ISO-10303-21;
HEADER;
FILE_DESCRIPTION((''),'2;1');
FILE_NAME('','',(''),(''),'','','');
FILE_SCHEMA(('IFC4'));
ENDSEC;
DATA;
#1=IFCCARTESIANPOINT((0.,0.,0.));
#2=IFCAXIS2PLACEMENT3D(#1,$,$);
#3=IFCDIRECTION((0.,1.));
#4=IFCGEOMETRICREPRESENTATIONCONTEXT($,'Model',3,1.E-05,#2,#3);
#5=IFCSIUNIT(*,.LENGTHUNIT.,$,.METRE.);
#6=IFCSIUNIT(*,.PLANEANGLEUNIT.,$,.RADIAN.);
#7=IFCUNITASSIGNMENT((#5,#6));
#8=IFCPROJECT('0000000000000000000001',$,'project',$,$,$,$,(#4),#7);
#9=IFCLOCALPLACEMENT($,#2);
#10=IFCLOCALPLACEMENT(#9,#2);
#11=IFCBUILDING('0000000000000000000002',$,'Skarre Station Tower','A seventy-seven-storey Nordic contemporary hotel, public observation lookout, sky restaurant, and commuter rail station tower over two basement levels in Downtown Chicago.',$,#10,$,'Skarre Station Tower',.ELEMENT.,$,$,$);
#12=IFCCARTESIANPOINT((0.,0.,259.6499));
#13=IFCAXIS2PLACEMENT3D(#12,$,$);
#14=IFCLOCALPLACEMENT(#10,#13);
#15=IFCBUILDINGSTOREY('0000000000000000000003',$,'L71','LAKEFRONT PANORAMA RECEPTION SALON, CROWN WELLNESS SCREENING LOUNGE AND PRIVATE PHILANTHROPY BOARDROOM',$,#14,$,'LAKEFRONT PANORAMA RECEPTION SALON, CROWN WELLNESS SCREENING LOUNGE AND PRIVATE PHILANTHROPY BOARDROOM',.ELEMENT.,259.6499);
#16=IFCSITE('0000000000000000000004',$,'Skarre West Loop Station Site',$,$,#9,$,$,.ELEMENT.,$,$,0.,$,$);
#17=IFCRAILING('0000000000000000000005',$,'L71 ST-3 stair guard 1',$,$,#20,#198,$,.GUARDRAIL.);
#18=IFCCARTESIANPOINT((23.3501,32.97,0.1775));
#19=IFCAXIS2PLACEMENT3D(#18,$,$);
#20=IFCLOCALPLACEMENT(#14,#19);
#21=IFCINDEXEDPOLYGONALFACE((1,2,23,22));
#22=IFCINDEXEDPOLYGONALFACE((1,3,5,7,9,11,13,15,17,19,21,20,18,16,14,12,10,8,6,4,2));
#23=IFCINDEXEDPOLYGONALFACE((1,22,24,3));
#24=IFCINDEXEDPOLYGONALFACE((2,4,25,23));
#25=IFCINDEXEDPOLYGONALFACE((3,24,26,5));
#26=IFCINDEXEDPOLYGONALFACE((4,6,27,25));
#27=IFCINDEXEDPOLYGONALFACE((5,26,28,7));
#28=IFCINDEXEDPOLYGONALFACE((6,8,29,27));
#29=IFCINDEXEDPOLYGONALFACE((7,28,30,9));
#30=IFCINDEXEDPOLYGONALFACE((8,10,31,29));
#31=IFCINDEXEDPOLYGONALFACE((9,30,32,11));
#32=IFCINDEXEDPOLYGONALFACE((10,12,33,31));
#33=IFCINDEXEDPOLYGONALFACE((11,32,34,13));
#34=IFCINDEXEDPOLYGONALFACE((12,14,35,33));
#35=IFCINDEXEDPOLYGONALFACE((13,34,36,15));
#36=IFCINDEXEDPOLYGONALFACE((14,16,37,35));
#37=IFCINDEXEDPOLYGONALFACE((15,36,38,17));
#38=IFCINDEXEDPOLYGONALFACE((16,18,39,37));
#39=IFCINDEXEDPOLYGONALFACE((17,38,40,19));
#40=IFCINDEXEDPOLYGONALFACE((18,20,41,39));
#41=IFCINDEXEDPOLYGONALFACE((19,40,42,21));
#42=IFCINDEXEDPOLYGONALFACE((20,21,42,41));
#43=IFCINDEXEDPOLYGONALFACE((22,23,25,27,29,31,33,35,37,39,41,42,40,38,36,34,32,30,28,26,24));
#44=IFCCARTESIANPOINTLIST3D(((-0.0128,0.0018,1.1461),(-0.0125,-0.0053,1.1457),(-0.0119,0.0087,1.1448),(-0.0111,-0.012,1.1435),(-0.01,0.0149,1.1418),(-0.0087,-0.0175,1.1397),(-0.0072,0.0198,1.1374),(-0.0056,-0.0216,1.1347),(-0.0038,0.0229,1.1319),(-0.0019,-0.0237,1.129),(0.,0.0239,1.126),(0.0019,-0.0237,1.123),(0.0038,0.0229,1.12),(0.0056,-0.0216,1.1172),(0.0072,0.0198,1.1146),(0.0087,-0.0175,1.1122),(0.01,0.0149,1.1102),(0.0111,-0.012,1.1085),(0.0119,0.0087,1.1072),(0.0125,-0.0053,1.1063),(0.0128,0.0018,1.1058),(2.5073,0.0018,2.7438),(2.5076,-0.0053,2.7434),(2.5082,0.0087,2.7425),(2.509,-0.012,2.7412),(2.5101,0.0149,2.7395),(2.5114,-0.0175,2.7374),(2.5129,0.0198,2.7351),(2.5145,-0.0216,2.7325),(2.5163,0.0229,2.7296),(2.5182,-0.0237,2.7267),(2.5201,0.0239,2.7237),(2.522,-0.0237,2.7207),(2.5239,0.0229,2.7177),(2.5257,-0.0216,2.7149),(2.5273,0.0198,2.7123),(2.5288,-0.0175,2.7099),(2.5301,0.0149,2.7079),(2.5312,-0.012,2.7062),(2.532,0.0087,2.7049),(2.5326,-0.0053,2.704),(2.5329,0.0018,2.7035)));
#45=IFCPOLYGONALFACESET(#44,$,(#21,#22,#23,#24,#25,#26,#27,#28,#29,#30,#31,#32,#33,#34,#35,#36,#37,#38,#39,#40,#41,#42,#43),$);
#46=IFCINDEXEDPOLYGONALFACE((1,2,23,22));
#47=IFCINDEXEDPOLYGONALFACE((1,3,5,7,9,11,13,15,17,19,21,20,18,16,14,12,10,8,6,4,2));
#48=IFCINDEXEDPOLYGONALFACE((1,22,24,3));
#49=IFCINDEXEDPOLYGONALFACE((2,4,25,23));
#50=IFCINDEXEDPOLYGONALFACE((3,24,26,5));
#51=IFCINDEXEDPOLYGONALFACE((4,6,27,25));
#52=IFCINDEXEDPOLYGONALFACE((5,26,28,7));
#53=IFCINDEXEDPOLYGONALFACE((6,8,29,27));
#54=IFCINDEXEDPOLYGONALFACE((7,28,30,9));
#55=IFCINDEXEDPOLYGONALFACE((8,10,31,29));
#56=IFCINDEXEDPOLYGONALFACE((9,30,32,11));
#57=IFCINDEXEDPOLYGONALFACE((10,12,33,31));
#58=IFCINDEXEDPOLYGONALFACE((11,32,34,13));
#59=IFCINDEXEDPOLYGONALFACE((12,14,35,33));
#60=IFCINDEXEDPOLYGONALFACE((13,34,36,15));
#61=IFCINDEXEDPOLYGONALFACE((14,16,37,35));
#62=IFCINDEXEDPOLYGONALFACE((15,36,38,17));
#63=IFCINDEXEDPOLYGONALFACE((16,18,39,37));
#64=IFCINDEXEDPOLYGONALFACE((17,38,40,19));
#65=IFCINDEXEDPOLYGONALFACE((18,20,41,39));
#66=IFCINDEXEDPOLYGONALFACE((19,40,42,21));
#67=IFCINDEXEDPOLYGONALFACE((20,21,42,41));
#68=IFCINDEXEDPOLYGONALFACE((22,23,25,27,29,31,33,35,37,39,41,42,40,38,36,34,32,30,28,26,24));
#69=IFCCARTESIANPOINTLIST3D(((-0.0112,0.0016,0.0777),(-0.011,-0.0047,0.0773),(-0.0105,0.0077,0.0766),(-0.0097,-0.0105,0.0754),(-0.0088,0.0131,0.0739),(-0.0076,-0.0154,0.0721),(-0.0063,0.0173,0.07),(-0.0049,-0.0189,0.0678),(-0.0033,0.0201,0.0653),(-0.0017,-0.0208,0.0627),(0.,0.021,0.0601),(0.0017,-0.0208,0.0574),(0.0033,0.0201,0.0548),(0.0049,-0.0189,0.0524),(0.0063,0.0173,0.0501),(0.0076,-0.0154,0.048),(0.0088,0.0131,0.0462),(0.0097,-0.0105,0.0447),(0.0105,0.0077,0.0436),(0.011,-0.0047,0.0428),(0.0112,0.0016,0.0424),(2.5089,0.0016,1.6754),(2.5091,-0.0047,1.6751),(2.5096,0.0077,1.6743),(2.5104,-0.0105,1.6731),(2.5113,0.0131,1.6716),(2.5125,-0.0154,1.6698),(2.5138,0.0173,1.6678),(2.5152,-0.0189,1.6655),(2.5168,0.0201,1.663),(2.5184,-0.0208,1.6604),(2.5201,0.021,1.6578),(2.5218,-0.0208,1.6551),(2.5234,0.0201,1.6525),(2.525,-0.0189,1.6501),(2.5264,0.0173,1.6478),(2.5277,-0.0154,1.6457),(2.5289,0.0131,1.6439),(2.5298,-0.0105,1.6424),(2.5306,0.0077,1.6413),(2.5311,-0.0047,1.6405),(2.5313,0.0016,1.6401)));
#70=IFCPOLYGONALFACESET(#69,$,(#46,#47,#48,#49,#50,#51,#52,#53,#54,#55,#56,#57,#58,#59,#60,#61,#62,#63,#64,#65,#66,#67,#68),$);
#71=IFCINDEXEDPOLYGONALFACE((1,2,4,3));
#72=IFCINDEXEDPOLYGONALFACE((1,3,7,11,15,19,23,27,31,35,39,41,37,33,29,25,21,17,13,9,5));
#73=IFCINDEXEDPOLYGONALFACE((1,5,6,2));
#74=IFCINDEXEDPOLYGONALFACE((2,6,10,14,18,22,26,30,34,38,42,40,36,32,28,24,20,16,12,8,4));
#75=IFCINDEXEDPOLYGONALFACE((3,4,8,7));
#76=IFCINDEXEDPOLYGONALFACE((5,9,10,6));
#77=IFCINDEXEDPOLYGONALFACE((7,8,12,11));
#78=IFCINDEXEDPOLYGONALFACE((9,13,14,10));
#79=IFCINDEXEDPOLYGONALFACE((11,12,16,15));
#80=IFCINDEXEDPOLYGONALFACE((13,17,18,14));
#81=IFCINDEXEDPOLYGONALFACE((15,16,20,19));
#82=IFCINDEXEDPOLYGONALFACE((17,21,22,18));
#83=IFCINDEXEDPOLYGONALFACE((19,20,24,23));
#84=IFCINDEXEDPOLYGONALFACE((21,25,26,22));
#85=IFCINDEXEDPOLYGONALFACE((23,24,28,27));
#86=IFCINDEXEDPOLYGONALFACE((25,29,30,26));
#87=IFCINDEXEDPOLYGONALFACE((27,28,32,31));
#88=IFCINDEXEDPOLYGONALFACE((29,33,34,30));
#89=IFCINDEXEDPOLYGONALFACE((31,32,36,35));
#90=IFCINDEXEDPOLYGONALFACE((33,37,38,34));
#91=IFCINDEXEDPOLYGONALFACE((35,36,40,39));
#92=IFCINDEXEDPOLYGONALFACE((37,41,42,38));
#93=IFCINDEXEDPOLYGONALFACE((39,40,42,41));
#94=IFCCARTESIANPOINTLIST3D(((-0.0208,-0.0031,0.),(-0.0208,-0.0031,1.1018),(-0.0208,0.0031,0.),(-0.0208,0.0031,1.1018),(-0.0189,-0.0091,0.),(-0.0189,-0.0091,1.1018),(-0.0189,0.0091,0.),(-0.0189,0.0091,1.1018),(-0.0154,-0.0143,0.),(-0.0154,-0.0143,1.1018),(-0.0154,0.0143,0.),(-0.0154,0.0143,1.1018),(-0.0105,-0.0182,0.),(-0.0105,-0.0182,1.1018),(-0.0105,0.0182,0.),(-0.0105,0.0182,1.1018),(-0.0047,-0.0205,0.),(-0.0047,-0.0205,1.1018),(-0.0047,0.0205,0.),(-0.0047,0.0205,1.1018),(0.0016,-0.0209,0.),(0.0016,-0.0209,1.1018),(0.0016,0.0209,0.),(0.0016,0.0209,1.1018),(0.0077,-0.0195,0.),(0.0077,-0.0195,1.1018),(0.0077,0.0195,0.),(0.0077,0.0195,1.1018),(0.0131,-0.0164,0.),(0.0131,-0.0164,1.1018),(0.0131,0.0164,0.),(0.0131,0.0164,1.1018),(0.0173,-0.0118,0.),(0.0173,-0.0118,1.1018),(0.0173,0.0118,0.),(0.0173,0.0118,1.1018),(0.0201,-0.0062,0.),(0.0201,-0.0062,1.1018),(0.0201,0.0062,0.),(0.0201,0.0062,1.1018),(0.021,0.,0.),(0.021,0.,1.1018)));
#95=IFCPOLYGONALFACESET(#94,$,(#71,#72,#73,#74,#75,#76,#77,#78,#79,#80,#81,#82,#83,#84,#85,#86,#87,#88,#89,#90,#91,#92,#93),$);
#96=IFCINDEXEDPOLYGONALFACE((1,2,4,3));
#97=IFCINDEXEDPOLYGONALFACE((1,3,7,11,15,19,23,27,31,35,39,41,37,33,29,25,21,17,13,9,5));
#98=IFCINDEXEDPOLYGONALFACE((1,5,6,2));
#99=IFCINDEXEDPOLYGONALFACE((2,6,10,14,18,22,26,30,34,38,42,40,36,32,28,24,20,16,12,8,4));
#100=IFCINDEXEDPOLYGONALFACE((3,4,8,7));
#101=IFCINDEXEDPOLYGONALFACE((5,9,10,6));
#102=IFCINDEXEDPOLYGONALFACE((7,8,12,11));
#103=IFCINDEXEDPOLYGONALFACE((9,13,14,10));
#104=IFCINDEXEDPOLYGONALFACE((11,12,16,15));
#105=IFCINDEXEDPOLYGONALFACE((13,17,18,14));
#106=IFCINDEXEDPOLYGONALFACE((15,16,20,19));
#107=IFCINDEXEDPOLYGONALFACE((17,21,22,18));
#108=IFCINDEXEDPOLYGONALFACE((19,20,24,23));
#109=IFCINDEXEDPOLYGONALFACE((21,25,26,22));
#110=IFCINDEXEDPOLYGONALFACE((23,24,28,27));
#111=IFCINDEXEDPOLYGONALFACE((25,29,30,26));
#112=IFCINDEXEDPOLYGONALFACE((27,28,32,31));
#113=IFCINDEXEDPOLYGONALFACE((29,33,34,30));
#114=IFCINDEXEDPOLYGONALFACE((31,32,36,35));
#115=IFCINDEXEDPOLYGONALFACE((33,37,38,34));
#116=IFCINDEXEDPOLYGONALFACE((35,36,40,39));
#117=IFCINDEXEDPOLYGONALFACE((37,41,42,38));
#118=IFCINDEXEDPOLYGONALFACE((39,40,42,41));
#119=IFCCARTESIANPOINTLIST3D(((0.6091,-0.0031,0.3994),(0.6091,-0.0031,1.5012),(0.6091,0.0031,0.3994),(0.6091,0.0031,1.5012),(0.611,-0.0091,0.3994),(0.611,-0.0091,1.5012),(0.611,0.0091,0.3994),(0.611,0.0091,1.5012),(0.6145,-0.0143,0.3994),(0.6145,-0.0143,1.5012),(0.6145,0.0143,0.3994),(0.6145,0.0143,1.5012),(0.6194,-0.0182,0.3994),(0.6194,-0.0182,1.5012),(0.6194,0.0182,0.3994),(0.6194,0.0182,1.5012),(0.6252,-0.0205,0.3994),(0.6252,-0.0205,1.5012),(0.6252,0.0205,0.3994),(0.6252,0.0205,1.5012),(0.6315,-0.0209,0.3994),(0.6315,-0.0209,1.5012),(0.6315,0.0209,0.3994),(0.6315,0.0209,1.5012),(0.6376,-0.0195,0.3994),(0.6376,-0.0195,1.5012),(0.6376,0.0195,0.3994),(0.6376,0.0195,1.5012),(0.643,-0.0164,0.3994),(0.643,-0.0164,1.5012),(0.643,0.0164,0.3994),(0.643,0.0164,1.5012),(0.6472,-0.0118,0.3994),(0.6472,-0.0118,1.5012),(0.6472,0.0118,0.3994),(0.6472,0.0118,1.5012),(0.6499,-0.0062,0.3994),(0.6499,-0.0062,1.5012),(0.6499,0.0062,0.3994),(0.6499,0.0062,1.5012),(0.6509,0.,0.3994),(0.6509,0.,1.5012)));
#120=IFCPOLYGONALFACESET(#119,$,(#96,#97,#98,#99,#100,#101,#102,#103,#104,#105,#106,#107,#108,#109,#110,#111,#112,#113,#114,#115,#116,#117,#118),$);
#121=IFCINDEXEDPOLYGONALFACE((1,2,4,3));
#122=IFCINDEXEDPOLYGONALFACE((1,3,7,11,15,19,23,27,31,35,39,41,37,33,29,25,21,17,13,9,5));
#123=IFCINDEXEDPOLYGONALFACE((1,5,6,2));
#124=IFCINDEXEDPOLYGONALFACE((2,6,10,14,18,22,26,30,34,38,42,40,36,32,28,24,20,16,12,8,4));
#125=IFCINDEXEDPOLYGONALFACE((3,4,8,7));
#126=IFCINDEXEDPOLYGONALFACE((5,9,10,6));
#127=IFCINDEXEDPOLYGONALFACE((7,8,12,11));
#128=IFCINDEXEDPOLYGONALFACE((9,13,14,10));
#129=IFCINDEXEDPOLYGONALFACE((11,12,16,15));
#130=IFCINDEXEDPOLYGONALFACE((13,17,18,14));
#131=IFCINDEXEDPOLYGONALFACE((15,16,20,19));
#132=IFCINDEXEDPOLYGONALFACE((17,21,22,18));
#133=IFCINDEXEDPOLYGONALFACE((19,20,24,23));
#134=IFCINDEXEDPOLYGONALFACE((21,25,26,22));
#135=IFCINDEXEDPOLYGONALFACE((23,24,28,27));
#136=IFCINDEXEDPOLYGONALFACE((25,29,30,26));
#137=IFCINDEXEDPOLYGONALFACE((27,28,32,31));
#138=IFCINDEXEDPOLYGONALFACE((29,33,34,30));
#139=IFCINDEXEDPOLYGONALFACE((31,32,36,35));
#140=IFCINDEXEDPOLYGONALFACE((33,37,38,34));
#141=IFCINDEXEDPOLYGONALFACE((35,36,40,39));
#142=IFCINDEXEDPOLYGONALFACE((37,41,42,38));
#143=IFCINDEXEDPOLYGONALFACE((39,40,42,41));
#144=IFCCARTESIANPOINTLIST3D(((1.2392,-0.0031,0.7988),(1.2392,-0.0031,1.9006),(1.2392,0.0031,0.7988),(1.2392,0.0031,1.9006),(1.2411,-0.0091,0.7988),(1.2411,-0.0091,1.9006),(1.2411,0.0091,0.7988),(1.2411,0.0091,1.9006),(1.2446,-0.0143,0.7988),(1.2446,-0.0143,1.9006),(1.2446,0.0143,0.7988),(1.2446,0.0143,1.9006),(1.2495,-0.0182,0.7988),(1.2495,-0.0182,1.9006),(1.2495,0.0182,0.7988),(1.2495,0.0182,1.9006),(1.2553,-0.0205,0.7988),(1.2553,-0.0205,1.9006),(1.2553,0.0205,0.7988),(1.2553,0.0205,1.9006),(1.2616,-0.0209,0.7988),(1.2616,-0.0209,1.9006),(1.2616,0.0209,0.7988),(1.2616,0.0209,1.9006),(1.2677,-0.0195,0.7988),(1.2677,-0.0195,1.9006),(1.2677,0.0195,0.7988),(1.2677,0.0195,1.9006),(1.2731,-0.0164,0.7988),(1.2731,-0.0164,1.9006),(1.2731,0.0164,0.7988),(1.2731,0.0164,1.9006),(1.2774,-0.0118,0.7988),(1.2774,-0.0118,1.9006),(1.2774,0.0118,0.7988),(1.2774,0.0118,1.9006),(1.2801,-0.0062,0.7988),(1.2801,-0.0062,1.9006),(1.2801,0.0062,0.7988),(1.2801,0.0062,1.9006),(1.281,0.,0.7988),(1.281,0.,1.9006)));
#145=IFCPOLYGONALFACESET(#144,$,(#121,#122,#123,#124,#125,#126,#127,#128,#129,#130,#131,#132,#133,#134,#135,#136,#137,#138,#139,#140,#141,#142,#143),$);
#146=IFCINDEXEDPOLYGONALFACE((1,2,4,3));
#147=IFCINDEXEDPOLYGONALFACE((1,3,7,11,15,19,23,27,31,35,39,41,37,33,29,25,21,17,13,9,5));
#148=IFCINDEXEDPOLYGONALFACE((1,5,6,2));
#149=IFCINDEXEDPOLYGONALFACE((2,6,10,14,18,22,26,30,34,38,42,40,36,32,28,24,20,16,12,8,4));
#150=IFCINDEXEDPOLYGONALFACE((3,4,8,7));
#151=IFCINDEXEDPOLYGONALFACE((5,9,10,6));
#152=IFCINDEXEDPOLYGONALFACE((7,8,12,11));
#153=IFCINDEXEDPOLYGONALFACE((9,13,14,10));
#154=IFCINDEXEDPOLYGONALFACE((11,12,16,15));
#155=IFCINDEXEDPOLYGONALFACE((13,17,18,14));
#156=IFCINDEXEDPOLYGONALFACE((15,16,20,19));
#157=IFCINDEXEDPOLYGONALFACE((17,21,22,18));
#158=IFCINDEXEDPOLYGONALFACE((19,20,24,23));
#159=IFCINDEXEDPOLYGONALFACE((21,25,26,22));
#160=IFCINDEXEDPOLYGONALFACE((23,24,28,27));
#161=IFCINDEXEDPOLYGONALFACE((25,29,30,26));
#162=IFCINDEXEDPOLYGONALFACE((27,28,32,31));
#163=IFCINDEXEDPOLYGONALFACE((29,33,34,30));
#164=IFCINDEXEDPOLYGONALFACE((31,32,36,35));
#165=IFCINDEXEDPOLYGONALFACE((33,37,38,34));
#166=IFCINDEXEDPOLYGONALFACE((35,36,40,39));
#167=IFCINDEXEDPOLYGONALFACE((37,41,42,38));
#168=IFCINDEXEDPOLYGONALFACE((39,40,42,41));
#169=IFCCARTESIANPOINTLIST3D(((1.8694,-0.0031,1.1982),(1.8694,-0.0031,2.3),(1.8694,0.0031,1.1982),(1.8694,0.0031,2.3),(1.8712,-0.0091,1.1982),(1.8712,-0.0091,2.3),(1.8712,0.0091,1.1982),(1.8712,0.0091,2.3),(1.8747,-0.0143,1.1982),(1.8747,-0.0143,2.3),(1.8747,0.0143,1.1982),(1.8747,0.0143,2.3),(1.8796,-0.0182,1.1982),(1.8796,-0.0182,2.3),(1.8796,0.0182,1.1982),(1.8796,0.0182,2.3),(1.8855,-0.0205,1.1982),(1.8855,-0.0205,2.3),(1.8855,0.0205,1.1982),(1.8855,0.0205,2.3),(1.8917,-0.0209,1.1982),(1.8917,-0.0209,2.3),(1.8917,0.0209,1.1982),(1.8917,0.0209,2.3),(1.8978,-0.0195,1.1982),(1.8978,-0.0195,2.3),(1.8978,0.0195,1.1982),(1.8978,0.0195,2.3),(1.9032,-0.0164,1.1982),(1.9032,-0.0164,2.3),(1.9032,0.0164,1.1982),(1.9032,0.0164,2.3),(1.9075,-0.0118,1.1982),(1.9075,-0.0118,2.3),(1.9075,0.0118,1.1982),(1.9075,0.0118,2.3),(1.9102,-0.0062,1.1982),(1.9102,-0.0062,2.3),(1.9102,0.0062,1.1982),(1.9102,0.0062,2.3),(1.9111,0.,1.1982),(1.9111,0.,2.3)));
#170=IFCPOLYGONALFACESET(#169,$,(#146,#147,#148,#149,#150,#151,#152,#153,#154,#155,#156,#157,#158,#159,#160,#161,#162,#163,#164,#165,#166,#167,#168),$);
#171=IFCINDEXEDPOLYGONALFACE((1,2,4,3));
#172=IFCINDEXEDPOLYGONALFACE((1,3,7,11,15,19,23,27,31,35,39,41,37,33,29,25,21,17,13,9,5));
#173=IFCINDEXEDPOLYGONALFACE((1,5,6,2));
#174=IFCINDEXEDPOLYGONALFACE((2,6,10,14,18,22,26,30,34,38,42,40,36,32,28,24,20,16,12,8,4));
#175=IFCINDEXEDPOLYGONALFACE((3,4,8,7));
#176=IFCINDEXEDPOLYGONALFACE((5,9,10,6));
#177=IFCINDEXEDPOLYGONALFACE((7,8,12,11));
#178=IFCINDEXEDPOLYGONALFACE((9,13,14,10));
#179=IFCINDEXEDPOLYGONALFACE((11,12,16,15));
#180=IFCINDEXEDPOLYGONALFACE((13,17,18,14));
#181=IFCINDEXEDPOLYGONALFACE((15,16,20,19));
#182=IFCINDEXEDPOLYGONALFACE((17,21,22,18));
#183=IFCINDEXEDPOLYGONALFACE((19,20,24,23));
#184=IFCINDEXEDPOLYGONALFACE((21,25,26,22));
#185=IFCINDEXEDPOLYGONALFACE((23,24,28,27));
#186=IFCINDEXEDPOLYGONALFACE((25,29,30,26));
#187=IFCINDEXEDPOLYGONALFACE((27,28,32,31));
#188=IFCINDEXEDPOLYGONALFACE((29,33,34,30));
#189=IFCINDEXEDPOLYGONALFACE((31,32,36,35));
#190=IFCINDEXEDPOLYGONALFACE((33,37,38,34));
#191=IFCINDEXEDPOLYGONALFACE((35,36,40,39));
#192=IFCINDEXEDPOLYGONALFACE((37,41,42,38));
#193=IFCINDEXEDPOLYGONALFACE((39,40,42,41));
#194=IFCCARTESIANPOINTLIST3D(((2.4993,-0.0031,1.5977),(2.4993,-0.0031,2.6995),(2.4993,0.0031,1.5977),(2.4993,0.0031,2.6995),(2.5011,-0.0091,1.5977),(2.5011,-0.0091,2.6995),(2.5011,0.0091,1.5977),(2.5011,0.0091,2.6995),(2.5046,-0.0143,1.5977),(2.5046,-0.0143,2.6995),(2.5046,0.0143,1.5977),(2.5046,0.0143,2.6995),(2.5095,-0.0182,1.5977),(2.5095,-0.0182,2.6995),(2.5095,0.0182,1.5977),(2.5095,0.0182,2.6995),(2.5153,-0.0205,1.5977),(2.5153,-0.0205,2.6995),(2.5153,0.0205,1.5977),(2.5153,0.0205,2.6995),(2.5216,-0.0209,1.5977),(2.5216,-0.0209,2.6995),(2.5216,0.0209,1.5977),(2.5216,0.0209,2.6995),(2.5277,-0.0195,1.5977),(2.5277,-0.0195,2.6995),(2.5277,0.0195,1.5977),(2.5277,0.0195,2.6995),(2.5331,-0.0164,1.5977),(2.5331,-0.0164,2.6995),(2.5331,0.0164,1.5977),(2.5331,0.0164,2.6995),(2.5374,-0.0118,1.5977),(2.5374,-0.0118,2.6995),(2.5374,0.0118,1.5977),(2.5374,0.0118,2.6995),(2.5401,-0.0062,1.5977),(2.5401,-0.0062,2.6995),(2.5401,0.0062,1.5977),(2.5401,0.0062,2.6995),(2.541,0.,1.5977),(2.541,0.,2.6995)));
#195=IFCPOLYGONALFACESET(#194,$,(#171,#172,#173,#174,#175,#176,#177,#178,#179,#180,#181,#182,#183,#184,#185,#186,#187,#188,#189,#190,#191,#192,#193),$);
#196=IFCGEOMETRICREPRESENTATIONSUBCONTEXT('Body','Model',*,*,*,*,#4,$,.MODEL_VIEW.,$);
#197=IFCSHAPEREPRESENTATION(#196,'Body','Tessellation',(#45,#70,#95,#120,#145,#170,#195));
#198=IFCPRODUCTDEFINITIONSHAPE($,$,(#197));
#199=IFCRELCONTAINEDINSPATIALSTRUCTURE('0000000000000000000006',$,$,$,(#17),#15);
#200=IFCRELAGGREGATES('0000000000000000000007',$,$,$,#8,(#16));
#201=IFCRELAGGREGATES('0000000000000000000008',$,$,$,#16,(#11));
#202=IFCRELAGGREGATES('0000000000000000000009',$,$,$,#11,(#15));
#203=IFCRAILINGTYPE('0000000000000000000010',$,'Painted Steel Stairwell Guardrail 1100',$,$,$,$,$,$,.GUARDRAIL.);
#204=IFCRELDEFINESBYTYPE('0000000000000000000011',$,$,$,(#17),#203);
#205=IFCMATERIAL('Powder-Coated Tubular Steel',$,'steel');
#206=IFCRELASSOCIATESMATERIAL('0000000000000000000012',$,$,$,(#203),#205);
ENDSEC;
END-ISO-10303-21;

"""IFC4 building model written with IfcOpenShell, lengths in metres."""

from ifc_helpers import new_model, si_unit, direction, frame, origin, origin_2d, place, context, subcontext, project, spatial, circle, extrude, material, type_object, element, save


model = new_model("IFC4")

# Units and contexts
model_context = context("Model", 3, precision=1e-05, world=origin(), true_north=direction((0.0, 1.0)))
body_context = subcontext(model_context, "Body", "Model", "MODEL_VIEW")
ifc_project = project(units=[si_unit("LENGTHUNIT", "METRE"), si_unit("PLANEANGLEUNIT", "RADIAN")], contexts=[model_context])

# Site, building, storey
site_placement = place(None, origin())
site = spatial("IfcSite", under=ifc_project, at=site_placement, Name="Skarre West Loop Station Site", CompositionType="ELEMENT", RefElevation=0.0)
building_placement = place(site_placement, origin())
building = spatial("IfcBuilding", under=site, at=building_placement, Name="Skarre Station Tower", Description="A seventy-seven-storey Nordic contemporary hotel, public observation lookout, sky restaurant, and commuter rail station tower over two basement levels in Downtown Chicago.", LongName="Skarre Station Tower", CompositionType="ELEMENT")
storey_placement = place(building_placement, frame((0.0, 0.0, 259.6499)))
storey = spatial("IfcBuildingStorey", under=building, at=storey_placement, Name="L71", Description="LAKEFRONT PANORAMA RECEPTION SALON, CROWN WELLNESS SCREENING LOUNGE AND PRIVATE PHILANTHROPY BOARDROOM", LongName="LAKEFRONT PANORAMA RECEPTION SALON, CROWN WELLNESS SCREENING LOUNGE AND PRIVATE PHILANTHROPY BOARDROOM", CompositionType="ELEMENT", Elevation=259.6499)

# Railing
ifc_material_1 = material(Name="Powder-Coated Tubular Steel", Category="steel")
railing_type_1 = type_object("IfcRailingType", Name="Painted Steel Stairwell Guardrail 1100", PredefinedType="GUARDRAIL", material=ifc_material_1)
railing_1_placement = place(storey_placement, frame((23.3501, 32.97, 0.1775)))
element("IfcRailing", 1, at=railing_1_placement, inside=storey, type_object=railing_type_1, Name="L71 ST-3 stair guard 1", PredefinedType="GUARDRAIL", context=body_context, shape_type="SweptSolid", body=[
    extrude(circle(Radius=0.0239, at=origin_2d()), frame((0.0, 0.0, 1.126), z_axis=(0.84457, 0.0, 0.535445), x_axis=(0.0, 1.0, 0.0)), (0.0, 0.0, 1.0), 2.9839),
    extrude(circle(Radius=0.021, at=origin_2d()), frame((0.0, 0.0, 0.0601), z_axis=(0.84457, 0.0, 0.535445), x_axis=(0.0, 1.0, 0.0)), (0.0, 0.0, 1.0), 2.9839),
    extrude(circle(Radius=0.021, at=origin_2d()), origin(), (0.0, 0.0, 1.0), 1.1018),
    extrude(circle(Radius=0.021, at=origin_2d()), frame((0.6299, 0.0, 0.3994)), (0.0, 0.0, 1.0), 1.1018),
    extrude(circle(Radius=0.021, at=origin_2d()), frame((1.26, 0.0, 0.7988)), (0.0, 0.0, 1.0), 1.1018),
    extrude(circle(Radius=0.021, at=origin_2d()), frame((1.8901, 0.0, 1.1982)), (0.0, 0.0, 1.0), 1.1018),
    extrude(circle(Radius=0.021, at=origin_2d()), frame((2.52, 0.0, 1.5977)), (0.0, 0.0, 1.0), 1.1018),
])

save(model, "model.ifc")
